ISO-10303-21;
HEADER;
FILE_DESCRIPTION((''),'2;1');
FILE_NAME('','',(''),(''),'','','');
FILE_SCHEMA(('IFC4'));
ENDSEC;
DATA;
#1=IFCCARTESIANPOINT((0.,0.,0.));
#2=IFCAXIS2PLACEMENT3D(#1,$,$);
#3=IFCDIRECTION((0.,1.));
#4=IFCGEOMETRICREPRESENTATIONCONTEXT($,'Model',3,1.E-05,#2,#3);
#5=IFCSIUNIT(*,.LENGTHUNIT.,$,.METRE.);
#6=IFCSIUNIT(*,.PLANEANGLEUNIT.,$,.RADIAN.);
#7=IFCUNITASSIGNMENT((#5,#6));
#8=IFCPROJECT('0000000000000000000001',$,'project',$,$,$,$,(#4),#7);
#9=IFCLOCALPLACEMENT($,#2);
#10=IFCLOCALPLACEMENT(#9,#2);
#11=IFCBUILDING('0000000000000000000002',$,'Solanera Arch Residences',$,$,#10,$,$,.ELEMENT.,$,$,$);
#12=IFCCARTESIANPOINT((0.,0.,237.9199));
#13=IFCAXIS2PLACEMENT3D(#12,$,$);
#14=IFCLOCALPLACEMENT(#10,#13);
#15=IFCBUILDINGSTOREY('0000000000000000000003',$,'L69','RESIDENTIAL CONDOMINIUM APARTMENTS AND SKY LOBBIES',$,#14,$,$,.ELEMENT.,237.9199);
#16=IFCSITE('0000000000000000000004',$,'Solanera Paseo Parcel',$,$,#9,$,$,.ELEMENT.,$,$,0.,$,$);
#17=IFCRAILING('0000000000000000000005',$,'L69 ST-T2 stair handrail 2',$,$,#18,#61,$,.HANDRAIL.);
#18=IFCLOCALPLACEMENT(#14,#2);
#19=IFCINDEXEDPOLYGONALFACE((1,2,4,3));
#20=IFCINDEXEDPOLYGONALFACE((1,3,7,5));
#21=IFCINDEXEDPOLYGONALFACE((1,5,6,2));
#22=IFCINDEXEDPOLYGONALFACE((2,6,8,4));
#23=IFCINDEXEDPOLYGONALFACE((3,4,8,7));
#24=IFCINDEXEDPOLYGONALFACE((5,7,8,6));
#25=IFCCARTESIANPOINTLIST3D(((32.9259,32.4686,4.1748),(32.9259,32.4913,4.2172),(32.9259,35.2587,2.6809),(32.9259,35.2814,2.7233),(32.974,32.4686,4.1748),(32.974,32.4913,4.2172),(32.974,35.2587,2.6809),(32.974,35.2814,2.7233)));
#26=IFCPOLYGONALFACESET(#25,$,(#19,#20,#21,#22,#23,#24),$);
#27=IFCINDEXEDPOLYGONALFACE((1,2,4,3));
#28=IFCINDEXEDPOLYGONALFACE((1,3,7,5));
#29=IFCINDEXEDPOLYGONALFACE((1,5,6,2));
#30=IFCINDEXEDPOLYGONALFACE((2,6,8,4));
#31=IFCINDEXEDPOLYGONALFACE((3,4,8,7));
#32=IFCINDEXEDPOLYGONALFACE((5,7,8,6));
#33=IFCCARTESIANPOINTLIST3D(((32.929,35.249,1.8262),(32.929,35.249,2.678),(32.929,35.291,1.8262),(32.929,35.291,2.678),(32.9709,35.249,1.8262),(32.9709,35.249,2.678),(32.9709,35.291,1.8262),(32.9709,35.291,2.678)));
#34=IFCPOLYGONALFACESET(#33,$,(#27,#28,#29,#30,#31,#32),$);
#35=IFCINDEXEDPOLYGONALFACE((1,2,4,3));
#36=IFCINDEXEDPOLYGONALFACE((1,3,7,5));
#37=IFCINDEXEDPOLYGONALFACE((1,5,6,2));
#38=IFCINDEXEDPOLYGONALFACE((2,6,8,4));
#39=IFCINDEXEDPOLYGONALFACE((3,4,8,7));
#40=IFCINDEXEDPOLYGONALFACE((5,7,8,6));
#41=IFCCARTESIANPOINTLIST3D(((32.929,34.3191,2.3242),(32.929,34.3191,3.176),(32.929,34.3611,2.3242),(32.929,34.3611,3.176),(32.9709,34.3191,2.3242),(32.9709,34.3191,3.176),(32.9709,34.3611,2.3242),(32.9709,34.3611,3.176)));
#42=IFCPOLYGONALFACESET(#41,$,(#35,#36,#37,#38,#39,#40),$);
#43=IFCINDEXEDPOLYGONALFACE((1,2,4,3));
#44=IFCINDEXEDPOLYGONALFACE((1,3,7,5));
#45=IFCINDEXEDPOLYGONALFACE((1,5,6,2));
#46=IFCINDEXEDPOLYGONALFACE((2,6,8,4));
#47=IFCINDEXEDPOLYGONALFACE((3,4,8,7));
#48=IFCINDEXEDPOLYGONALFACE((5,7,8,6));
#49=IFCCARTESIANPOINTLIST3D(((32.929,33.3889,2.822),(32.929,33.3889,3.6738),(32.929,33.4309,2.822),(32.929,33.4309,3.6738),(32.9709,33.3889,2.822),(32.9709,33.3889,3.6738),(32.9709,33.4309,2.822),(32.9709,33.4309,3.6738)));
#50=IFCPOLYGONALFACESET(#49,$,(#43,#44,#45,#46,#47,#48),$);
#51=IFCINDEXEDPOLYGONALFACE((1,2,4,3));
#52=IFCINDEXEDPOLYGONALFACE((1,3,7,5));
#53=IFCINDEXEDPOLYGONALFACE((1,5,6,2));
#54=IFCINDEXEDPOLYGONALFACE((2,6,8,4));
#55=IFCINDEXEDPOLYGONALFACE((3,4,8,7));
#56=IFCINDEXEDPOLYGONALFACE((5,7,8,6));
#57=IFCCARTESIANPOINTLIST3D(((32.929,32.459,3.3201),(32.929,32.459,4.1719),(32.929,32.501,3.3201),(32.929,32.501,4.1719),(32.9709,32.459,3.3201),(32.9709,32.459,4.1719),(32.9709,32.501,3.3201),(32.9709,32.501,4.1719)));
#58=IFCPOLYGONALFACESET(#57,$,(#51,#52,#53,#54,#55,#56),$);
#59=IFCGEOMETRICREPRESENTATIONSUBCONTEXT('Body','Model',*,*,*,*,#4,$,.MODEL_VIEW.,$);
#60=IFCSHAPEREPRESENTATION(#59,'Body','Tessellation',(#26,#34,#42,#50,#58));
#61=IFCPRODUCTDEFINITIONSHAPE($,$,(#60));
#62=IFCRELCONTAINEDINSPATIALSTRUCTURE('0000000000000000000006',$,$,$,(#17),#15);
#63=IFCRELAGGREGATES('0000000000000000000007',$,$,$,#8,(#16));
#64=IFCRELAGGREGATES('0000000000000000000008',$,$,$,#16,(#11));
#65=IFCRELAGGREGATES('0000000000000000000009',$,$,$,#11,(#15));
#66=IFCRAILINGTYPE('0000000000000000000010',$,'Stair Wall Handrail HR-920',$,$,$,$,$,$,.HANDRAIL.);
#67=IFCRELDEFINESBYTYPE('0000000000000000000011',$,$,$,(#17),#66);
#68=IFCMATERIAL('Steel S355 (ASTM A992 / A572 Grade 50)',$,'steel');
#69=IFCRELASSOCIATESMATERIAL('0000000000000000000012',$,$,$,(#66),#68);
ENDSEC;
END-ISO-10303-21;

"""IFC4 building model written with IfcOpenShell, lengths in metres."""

from ifc_helpers import new_model, si_unit, direction, frame, origin, origin_2d, place, context, subcontext, project, spatial, rectangle, extrude, material, type_object, element, save


model = new_model("IFC4")

# Units and contexts
model_context = context("Model", 3, precision=1e-05, world=origin(), true_north=direction((0.0, 1.0)))
body_context = subcontext(model_context, "Body", "Model", "MODEL_VIEW")
ifc_project = project(units=[si_unit("LENGTHUNIT", "METRE"), si_unit("PLANEANGLEUNIT", "RADIAN")], contexts=[model_context])

# Site, building, storey
site_placement = place(None, origin())
site = spatial("IfcSite", under=ifc_project, at=site_placement, Name="Solanera Paseo Parcel", CompositionType="ELEMENT", RefElevation=0.0)
building_placement = place(site_placement, origin())
building = spatial("IfcBuilding", under=site, at=building_placement, Name="Solanera Arch Residences", CompositionType="ELEMENT")
storey_placement = place(building_placement, frame((0.0, 0.0, 237.9199)))
storey = spatial("IfcBuildingStorey", under=building, at=storey_placement, Name="L69", Description="RESIDENTIAL CONDOMINIUM APARTMENTS AND SKY LOBBIES", CompositionType="ELEMENT", Elevation=237.9199)

# Railing
ifc_material_1 = material(Name="Steel S355 (ASTM A992 / A572 Grade 50)", Category="steel")
railing_type_1 = type_object("IfcRailingType", Name="Stair Wall Handrail HR-920", PredefinedType="HANDRAIL", material=ifc_material_1)
railing_1_placement = place(storey_placement, frame((32.95, 35.27, 1.8262)))
element("IfcRailing", 1, at=railing_1_placement, inside=storey, type_object=railing_type_1, Name="L69 ST-T2 stair handrail 2", PredefinedType="HANDRAIL", context=body_context, shape_type="SweptSolid", body=[
    extrude(rectangle(XDim=0.0481, YDim=0.0481, at=origin_2d()), frame((0.0, 0.0, 0.876), z_axis=(0.0, -0.881581, 0.472033), x_axis=(1.0, 0.0, 0.0)), (0.0, 0.0, 1.0), 3.1648),
    extrude(rectangle(XDim=0.042, YDim=0.042, at=origin_2d()), origin(), (0.0, 0.0, 1.0), 0.8518),
    extrude(rectangle(XDim=0.042, YDim=0.042, at=origin_2d()), frame((0.0, -0.9299, 0.498)), (0.0, 0.0, 1.0), 0.8518),
    extrude(rectangle(XDim=0.042, YDim=0.042, at=origin_2d()), frame((0.0, -1.8601, 0.9958)), (0.0, 0.0, 1.0), 0.8518),
    extrude(rectangle(XDim=0.042, YDim=0.042, at=origin_2d()), frame((0.0, -2.79, 1.4939)), (0.0, 0.0, 1.0), 0.8518),
])

save(model, "model.ifc")
